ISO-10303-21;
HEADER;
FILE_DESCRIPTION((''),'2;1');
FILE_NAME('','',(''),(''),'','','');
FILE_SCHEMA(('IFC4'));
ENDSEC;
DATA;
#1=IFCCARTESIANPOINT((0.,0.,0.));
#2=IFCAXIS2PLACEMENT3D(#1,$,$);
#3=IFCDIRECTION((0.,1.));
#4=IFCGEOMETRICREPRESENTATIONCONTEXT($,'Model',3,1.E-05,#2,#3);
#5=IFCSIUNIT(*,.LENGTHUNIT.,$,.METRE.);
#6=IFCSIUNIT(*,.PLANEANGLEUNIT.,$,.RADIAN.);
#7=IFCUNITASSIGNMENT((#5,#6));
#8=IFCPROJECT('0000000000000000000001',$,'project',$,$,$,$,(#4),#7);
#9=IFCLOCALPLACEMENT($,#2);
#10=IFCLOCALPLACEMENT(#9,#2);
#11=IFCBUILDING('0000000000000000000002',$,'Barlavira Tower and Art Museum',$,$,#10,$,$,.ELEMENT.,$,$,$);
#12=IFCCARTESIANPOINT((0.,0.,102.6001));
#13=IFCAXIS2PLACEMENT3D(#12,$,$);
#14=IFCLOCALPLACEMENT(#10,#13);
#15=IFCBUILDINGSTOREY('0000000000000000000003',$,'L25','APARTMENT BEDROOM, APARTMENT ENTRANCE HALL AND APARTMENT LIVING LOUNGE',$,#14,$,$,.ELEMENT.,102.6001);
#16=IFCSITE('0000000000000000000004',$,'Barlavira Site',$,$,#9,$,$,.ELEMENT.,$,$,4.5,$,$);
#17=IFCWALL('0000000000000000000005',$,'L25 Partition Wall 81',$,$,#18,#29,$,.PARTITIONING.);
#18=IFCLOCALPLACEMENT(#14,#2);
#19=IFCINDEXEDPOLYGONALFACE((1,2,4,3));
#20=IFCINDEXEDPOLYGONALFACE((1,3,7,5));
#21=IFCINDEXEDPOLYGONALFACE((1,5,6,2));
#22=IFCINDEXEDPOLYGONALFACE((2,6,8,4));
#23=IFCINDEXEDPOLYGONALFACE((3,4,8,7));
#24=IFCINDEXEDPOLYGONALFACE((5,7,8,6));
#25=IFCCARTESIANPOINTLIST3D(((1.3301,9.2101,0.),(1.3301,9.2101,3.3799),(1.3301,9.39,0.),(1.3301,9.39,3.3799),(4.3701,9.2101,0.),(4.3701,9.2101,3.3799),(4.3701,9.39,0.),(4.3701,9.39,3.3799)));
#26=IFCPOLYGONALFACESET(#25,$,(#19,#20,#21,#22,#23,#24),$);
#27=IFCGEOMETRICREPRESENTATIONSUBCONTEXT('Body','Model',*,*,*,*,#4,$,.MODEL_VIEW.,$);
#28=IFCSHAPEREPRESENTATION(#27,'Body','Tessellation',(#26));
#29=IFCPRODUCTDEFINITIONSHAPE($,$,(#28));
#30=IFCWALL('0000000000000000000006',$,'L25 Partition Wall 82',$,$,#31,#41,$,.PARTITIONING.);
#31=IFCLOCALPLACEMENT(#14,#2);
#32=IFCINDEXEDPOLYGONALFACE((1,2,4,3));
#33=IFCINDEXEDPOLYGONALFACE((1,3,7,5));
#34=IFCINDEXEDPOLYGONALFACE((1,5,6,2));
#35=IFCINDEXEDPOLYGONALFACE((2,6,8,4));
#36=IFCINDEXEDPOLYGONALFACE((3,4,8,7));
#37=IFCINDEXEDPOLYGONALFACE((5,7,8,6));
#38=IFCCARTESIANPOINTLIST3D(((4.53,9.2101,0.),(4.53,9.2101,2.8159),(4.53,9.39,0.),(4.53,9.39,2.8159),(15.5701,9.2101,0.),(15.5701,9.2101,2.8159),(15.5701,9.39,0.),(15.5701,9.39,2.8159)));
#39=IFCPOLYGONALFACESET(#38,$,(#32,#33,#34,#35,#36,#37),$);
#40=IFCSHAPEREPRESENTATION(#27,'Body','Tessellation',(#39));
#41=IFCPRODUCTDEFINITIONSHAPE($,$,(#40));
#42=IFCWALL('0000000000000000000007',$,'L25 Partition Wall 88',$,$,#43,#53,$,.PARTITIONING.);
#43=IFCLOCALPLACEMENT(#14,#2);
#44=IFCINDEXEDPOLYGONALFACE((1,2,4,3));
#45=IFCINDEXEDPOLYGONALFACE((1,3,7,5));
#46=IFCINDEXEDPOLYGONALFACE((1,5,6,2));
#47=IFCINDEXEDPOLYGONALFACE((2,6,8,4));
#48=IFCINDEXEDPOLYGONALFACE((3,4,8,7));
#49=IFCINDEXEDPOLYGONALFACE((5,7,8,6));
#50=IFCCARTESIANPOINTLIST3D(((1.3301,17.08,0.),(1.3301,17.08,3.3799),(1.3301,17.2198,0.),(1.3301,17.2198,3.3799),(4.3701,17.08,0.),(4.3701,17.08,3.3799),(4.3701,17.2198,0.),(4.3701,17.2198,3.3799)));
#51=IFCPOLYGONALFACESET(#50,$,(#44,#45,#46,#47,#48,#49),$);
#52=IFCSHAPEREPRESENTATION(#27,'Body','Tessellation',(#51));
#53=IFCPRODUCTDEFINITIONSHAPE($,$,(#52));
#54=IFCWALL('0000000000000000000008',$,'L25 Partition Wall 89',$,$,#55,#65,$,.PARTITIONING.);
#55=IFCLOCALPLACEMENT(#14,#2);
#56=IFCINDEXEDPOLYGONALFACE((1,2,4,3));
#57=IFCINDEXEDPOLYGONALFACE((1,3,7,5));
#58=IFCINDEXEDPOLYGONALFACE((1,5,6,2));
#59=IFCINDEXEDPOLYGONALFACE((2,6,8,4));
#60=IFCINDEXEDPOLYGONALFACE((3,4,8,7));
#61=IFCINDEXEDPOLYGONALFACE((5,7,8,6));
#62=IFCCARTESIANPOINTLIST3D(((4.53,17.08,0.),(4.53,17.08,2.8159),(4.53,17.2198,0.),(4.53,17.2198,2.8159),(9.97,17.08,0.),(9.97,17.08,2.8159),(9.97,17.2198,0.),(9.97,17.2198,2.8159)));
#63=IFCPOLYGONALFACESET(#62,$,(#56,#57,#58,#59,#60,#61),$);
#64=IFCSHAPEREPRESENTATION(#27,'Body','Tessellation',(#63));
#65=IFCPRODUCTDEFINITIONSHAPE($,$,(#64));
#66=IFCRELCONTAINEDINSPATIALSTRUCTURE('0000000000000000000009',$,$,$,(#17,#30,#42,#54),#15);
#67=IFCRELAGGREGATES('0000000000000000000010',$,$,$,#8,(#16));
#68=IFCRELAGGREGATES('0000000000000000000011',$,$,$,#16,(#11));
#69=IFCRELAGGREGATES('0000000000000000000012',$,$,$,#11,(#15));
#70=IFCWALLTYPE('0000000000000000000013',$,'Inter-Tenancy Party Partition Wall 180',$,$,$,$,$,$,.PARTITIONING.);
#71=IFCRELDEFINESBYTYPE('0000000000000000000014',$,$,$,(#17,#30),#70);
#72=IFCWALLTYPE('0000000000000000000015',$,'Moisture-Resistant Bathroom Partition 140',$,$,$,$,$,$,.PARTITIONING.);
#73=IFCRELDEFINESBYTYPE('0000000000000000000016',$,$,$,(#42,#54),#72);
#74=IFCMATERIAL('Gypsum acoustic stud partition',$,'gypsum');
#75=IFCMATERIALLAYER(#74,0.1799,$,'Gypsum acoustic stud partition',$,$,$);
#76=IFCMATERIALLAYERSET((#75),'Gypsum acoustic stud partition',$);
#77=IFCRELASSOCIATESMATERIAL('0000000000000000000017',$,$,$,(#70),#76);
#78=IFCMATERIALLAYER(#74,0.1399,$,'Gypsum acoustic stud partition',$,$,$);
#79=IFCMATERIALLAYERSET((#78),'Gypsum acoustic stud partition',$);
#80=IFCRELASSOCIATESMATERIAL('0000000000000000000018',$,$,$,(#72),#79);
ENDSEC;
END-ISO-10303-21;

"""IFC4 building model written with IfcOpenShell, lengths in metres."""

from ifc_helpers import new_model, si_unit, direction, frame, frame_2d, origin, place, context, subcontext, project, spatial, rectangle, extrude, material, layer, layer_set, type_object, element, save


model = new_model("IFC4")

# Units and contexts
model_context = context("Model", 3, precision=1e-05, world=origin(), true_north=direction((0.0, 1.0)))
body_context = subcontext(model_context, "Body", "Model", "MODEL_VIEW")
ifc_project = project(units=[si_unit("LENGTHUNIT", "METRE"), si_unit("PLANEANGLEUNIT", "RADIAN")], contexts=[model_context])

# Site, building, storey
site_placement = place(None, origin())
site = spatial("IfcSite", under=ifc_project, at=site_placement, Name="Barlavira Site", CompositionType="ELEMENT", RefElevation=4.5)
building_placement = place(site_placement, origin())
building = spatial("IfcBuilding", under=site, at=building_placement, Name="Barlavira Tower and Art Museum", CompositionType="ELEMENT")
storey_placement = place(building_placement, frame((0.0, 0.0, 102.6001)))
storey = spatial("IfcBuildingStorey", under=building, at=storey_placement, Name="L25", Description="APARTMENT BEDROOM, APARTMENT ENTRANCE HALL AND APARTMENT LIVING LOUNGE", CompositionType="ELEMENT", Elevation=102.6001)

# Shared definitions
ifc_material_1 = material(Name="Gypsum acoustic stud partition", Category="gypsum")

# Walls
ifc_layer_1 = layer(ifc_material_1, 0.1799, Name="Gypsum acoustic stud partition")
ifc_layer_set_1 = layer_set([ifc_layer_1], Name="Gypsum acoustic stud partition")
wall_type_1 = type_object("IfcWallType", Name="Inter-Tenancy Party Partition Wall 180", PredefinedType="PARTITIONING", material=ifc_layer_set_1)
wall_1_placement = place(storey_placement, frame((1.3301, 9.3, 0.0), z_axis=(0.0, 0.0, 1.0), x_axis=(1.0, 0.0, 0.0)))
element("IfcWall", 1, at=wall_1_placement, inside=storey, type_object=wall_type_1, Name="L25 Partition Wall 81", PredefinedType="PARTITIONING", context=body_context, shape_type="SweptSolid", body=[
    extrude(rectangle(XDim=3.04, YDim=0.1799, at=frame_2d((1.52, 0.0))), origin(), (0.0, 0.0, 1.0), 3.3799),
])
wall_2_placement = place(storey_placement, frame((4.53, 9.3, 0.0), z_axis=(0.0, 0.0, 1.0), x_axis=(1.0, 0.0, 0.0)))
element("IfcWall", 2, at=wall_2_placement, inside=storey, type_object=wall_type_1, Name="L25 Partition Wall 82", PredefinedType="PARTITIONING", context=body_context, shape_type="SweptSolid", body=[
    extrude(rectangle(XDim=11.04, YDim=0.1799, at=frame_2d((5.52, 0.0))), origin(), (0.0, 0.0, 1.0), 2.8159),
])
ifc_layer_2 = layer(ifc_material_1, 0.1399, Name="Gypsum acoustic stud partition")
ifc_layer_set_2 = layer_set([ifc_layer_2], Name="Gypsum acoustic stud partition")
wall_type_2 = type_object("IfcWallType", Name="Moisture-Resistant Bathroom Partition 140", PredefinedType="PARTITIONING", material=ifc_layer_set_2)
wall_3_placement = place(storey_placement, frame((1.3301, 17.1499, 0.0), z_axis=(0.0, 0.0, 1.0), x_axis=(1.0, 0.0, 0.0)))
element("IfcWall", 3, at=wall_3_placement, inside=storey, type_object=wall_type_2, Name="L25 Partition Wall 88", PredefinedType="PARTITIONING", context=body_context, shape_type="SweptSolid", body=[
    extrude(rectangle(XDim=3.04, YDim=0.1399, at=frame_2d((1.52, 0.0))), origin(), (0.0, 0.0, 1.0), 3.3799),
])
wall_4_placement = place(storey_placement, frame((4.53, 17.1499, 0.0), z_axis=(0.0, 0.0, 1.0), x_axis=(1.0, 0.0, 0.0)))
element("IfcWall", 4, at=wall_4_placement, inside=storey, type_object=wall_type_2, Name="L25 Partition Wall 89", PredefinedType="PARTITIONING", context=body_context, shape_type="SweptSolid", body=[
    extrude(rectangle(XDim=5.4399, YDim=0.1399, at=frame_2d((2.72, 0.0))), origin(), (0.0, 0.0, 1.0), 2.8159),
])

save(model, "model.ifc")
